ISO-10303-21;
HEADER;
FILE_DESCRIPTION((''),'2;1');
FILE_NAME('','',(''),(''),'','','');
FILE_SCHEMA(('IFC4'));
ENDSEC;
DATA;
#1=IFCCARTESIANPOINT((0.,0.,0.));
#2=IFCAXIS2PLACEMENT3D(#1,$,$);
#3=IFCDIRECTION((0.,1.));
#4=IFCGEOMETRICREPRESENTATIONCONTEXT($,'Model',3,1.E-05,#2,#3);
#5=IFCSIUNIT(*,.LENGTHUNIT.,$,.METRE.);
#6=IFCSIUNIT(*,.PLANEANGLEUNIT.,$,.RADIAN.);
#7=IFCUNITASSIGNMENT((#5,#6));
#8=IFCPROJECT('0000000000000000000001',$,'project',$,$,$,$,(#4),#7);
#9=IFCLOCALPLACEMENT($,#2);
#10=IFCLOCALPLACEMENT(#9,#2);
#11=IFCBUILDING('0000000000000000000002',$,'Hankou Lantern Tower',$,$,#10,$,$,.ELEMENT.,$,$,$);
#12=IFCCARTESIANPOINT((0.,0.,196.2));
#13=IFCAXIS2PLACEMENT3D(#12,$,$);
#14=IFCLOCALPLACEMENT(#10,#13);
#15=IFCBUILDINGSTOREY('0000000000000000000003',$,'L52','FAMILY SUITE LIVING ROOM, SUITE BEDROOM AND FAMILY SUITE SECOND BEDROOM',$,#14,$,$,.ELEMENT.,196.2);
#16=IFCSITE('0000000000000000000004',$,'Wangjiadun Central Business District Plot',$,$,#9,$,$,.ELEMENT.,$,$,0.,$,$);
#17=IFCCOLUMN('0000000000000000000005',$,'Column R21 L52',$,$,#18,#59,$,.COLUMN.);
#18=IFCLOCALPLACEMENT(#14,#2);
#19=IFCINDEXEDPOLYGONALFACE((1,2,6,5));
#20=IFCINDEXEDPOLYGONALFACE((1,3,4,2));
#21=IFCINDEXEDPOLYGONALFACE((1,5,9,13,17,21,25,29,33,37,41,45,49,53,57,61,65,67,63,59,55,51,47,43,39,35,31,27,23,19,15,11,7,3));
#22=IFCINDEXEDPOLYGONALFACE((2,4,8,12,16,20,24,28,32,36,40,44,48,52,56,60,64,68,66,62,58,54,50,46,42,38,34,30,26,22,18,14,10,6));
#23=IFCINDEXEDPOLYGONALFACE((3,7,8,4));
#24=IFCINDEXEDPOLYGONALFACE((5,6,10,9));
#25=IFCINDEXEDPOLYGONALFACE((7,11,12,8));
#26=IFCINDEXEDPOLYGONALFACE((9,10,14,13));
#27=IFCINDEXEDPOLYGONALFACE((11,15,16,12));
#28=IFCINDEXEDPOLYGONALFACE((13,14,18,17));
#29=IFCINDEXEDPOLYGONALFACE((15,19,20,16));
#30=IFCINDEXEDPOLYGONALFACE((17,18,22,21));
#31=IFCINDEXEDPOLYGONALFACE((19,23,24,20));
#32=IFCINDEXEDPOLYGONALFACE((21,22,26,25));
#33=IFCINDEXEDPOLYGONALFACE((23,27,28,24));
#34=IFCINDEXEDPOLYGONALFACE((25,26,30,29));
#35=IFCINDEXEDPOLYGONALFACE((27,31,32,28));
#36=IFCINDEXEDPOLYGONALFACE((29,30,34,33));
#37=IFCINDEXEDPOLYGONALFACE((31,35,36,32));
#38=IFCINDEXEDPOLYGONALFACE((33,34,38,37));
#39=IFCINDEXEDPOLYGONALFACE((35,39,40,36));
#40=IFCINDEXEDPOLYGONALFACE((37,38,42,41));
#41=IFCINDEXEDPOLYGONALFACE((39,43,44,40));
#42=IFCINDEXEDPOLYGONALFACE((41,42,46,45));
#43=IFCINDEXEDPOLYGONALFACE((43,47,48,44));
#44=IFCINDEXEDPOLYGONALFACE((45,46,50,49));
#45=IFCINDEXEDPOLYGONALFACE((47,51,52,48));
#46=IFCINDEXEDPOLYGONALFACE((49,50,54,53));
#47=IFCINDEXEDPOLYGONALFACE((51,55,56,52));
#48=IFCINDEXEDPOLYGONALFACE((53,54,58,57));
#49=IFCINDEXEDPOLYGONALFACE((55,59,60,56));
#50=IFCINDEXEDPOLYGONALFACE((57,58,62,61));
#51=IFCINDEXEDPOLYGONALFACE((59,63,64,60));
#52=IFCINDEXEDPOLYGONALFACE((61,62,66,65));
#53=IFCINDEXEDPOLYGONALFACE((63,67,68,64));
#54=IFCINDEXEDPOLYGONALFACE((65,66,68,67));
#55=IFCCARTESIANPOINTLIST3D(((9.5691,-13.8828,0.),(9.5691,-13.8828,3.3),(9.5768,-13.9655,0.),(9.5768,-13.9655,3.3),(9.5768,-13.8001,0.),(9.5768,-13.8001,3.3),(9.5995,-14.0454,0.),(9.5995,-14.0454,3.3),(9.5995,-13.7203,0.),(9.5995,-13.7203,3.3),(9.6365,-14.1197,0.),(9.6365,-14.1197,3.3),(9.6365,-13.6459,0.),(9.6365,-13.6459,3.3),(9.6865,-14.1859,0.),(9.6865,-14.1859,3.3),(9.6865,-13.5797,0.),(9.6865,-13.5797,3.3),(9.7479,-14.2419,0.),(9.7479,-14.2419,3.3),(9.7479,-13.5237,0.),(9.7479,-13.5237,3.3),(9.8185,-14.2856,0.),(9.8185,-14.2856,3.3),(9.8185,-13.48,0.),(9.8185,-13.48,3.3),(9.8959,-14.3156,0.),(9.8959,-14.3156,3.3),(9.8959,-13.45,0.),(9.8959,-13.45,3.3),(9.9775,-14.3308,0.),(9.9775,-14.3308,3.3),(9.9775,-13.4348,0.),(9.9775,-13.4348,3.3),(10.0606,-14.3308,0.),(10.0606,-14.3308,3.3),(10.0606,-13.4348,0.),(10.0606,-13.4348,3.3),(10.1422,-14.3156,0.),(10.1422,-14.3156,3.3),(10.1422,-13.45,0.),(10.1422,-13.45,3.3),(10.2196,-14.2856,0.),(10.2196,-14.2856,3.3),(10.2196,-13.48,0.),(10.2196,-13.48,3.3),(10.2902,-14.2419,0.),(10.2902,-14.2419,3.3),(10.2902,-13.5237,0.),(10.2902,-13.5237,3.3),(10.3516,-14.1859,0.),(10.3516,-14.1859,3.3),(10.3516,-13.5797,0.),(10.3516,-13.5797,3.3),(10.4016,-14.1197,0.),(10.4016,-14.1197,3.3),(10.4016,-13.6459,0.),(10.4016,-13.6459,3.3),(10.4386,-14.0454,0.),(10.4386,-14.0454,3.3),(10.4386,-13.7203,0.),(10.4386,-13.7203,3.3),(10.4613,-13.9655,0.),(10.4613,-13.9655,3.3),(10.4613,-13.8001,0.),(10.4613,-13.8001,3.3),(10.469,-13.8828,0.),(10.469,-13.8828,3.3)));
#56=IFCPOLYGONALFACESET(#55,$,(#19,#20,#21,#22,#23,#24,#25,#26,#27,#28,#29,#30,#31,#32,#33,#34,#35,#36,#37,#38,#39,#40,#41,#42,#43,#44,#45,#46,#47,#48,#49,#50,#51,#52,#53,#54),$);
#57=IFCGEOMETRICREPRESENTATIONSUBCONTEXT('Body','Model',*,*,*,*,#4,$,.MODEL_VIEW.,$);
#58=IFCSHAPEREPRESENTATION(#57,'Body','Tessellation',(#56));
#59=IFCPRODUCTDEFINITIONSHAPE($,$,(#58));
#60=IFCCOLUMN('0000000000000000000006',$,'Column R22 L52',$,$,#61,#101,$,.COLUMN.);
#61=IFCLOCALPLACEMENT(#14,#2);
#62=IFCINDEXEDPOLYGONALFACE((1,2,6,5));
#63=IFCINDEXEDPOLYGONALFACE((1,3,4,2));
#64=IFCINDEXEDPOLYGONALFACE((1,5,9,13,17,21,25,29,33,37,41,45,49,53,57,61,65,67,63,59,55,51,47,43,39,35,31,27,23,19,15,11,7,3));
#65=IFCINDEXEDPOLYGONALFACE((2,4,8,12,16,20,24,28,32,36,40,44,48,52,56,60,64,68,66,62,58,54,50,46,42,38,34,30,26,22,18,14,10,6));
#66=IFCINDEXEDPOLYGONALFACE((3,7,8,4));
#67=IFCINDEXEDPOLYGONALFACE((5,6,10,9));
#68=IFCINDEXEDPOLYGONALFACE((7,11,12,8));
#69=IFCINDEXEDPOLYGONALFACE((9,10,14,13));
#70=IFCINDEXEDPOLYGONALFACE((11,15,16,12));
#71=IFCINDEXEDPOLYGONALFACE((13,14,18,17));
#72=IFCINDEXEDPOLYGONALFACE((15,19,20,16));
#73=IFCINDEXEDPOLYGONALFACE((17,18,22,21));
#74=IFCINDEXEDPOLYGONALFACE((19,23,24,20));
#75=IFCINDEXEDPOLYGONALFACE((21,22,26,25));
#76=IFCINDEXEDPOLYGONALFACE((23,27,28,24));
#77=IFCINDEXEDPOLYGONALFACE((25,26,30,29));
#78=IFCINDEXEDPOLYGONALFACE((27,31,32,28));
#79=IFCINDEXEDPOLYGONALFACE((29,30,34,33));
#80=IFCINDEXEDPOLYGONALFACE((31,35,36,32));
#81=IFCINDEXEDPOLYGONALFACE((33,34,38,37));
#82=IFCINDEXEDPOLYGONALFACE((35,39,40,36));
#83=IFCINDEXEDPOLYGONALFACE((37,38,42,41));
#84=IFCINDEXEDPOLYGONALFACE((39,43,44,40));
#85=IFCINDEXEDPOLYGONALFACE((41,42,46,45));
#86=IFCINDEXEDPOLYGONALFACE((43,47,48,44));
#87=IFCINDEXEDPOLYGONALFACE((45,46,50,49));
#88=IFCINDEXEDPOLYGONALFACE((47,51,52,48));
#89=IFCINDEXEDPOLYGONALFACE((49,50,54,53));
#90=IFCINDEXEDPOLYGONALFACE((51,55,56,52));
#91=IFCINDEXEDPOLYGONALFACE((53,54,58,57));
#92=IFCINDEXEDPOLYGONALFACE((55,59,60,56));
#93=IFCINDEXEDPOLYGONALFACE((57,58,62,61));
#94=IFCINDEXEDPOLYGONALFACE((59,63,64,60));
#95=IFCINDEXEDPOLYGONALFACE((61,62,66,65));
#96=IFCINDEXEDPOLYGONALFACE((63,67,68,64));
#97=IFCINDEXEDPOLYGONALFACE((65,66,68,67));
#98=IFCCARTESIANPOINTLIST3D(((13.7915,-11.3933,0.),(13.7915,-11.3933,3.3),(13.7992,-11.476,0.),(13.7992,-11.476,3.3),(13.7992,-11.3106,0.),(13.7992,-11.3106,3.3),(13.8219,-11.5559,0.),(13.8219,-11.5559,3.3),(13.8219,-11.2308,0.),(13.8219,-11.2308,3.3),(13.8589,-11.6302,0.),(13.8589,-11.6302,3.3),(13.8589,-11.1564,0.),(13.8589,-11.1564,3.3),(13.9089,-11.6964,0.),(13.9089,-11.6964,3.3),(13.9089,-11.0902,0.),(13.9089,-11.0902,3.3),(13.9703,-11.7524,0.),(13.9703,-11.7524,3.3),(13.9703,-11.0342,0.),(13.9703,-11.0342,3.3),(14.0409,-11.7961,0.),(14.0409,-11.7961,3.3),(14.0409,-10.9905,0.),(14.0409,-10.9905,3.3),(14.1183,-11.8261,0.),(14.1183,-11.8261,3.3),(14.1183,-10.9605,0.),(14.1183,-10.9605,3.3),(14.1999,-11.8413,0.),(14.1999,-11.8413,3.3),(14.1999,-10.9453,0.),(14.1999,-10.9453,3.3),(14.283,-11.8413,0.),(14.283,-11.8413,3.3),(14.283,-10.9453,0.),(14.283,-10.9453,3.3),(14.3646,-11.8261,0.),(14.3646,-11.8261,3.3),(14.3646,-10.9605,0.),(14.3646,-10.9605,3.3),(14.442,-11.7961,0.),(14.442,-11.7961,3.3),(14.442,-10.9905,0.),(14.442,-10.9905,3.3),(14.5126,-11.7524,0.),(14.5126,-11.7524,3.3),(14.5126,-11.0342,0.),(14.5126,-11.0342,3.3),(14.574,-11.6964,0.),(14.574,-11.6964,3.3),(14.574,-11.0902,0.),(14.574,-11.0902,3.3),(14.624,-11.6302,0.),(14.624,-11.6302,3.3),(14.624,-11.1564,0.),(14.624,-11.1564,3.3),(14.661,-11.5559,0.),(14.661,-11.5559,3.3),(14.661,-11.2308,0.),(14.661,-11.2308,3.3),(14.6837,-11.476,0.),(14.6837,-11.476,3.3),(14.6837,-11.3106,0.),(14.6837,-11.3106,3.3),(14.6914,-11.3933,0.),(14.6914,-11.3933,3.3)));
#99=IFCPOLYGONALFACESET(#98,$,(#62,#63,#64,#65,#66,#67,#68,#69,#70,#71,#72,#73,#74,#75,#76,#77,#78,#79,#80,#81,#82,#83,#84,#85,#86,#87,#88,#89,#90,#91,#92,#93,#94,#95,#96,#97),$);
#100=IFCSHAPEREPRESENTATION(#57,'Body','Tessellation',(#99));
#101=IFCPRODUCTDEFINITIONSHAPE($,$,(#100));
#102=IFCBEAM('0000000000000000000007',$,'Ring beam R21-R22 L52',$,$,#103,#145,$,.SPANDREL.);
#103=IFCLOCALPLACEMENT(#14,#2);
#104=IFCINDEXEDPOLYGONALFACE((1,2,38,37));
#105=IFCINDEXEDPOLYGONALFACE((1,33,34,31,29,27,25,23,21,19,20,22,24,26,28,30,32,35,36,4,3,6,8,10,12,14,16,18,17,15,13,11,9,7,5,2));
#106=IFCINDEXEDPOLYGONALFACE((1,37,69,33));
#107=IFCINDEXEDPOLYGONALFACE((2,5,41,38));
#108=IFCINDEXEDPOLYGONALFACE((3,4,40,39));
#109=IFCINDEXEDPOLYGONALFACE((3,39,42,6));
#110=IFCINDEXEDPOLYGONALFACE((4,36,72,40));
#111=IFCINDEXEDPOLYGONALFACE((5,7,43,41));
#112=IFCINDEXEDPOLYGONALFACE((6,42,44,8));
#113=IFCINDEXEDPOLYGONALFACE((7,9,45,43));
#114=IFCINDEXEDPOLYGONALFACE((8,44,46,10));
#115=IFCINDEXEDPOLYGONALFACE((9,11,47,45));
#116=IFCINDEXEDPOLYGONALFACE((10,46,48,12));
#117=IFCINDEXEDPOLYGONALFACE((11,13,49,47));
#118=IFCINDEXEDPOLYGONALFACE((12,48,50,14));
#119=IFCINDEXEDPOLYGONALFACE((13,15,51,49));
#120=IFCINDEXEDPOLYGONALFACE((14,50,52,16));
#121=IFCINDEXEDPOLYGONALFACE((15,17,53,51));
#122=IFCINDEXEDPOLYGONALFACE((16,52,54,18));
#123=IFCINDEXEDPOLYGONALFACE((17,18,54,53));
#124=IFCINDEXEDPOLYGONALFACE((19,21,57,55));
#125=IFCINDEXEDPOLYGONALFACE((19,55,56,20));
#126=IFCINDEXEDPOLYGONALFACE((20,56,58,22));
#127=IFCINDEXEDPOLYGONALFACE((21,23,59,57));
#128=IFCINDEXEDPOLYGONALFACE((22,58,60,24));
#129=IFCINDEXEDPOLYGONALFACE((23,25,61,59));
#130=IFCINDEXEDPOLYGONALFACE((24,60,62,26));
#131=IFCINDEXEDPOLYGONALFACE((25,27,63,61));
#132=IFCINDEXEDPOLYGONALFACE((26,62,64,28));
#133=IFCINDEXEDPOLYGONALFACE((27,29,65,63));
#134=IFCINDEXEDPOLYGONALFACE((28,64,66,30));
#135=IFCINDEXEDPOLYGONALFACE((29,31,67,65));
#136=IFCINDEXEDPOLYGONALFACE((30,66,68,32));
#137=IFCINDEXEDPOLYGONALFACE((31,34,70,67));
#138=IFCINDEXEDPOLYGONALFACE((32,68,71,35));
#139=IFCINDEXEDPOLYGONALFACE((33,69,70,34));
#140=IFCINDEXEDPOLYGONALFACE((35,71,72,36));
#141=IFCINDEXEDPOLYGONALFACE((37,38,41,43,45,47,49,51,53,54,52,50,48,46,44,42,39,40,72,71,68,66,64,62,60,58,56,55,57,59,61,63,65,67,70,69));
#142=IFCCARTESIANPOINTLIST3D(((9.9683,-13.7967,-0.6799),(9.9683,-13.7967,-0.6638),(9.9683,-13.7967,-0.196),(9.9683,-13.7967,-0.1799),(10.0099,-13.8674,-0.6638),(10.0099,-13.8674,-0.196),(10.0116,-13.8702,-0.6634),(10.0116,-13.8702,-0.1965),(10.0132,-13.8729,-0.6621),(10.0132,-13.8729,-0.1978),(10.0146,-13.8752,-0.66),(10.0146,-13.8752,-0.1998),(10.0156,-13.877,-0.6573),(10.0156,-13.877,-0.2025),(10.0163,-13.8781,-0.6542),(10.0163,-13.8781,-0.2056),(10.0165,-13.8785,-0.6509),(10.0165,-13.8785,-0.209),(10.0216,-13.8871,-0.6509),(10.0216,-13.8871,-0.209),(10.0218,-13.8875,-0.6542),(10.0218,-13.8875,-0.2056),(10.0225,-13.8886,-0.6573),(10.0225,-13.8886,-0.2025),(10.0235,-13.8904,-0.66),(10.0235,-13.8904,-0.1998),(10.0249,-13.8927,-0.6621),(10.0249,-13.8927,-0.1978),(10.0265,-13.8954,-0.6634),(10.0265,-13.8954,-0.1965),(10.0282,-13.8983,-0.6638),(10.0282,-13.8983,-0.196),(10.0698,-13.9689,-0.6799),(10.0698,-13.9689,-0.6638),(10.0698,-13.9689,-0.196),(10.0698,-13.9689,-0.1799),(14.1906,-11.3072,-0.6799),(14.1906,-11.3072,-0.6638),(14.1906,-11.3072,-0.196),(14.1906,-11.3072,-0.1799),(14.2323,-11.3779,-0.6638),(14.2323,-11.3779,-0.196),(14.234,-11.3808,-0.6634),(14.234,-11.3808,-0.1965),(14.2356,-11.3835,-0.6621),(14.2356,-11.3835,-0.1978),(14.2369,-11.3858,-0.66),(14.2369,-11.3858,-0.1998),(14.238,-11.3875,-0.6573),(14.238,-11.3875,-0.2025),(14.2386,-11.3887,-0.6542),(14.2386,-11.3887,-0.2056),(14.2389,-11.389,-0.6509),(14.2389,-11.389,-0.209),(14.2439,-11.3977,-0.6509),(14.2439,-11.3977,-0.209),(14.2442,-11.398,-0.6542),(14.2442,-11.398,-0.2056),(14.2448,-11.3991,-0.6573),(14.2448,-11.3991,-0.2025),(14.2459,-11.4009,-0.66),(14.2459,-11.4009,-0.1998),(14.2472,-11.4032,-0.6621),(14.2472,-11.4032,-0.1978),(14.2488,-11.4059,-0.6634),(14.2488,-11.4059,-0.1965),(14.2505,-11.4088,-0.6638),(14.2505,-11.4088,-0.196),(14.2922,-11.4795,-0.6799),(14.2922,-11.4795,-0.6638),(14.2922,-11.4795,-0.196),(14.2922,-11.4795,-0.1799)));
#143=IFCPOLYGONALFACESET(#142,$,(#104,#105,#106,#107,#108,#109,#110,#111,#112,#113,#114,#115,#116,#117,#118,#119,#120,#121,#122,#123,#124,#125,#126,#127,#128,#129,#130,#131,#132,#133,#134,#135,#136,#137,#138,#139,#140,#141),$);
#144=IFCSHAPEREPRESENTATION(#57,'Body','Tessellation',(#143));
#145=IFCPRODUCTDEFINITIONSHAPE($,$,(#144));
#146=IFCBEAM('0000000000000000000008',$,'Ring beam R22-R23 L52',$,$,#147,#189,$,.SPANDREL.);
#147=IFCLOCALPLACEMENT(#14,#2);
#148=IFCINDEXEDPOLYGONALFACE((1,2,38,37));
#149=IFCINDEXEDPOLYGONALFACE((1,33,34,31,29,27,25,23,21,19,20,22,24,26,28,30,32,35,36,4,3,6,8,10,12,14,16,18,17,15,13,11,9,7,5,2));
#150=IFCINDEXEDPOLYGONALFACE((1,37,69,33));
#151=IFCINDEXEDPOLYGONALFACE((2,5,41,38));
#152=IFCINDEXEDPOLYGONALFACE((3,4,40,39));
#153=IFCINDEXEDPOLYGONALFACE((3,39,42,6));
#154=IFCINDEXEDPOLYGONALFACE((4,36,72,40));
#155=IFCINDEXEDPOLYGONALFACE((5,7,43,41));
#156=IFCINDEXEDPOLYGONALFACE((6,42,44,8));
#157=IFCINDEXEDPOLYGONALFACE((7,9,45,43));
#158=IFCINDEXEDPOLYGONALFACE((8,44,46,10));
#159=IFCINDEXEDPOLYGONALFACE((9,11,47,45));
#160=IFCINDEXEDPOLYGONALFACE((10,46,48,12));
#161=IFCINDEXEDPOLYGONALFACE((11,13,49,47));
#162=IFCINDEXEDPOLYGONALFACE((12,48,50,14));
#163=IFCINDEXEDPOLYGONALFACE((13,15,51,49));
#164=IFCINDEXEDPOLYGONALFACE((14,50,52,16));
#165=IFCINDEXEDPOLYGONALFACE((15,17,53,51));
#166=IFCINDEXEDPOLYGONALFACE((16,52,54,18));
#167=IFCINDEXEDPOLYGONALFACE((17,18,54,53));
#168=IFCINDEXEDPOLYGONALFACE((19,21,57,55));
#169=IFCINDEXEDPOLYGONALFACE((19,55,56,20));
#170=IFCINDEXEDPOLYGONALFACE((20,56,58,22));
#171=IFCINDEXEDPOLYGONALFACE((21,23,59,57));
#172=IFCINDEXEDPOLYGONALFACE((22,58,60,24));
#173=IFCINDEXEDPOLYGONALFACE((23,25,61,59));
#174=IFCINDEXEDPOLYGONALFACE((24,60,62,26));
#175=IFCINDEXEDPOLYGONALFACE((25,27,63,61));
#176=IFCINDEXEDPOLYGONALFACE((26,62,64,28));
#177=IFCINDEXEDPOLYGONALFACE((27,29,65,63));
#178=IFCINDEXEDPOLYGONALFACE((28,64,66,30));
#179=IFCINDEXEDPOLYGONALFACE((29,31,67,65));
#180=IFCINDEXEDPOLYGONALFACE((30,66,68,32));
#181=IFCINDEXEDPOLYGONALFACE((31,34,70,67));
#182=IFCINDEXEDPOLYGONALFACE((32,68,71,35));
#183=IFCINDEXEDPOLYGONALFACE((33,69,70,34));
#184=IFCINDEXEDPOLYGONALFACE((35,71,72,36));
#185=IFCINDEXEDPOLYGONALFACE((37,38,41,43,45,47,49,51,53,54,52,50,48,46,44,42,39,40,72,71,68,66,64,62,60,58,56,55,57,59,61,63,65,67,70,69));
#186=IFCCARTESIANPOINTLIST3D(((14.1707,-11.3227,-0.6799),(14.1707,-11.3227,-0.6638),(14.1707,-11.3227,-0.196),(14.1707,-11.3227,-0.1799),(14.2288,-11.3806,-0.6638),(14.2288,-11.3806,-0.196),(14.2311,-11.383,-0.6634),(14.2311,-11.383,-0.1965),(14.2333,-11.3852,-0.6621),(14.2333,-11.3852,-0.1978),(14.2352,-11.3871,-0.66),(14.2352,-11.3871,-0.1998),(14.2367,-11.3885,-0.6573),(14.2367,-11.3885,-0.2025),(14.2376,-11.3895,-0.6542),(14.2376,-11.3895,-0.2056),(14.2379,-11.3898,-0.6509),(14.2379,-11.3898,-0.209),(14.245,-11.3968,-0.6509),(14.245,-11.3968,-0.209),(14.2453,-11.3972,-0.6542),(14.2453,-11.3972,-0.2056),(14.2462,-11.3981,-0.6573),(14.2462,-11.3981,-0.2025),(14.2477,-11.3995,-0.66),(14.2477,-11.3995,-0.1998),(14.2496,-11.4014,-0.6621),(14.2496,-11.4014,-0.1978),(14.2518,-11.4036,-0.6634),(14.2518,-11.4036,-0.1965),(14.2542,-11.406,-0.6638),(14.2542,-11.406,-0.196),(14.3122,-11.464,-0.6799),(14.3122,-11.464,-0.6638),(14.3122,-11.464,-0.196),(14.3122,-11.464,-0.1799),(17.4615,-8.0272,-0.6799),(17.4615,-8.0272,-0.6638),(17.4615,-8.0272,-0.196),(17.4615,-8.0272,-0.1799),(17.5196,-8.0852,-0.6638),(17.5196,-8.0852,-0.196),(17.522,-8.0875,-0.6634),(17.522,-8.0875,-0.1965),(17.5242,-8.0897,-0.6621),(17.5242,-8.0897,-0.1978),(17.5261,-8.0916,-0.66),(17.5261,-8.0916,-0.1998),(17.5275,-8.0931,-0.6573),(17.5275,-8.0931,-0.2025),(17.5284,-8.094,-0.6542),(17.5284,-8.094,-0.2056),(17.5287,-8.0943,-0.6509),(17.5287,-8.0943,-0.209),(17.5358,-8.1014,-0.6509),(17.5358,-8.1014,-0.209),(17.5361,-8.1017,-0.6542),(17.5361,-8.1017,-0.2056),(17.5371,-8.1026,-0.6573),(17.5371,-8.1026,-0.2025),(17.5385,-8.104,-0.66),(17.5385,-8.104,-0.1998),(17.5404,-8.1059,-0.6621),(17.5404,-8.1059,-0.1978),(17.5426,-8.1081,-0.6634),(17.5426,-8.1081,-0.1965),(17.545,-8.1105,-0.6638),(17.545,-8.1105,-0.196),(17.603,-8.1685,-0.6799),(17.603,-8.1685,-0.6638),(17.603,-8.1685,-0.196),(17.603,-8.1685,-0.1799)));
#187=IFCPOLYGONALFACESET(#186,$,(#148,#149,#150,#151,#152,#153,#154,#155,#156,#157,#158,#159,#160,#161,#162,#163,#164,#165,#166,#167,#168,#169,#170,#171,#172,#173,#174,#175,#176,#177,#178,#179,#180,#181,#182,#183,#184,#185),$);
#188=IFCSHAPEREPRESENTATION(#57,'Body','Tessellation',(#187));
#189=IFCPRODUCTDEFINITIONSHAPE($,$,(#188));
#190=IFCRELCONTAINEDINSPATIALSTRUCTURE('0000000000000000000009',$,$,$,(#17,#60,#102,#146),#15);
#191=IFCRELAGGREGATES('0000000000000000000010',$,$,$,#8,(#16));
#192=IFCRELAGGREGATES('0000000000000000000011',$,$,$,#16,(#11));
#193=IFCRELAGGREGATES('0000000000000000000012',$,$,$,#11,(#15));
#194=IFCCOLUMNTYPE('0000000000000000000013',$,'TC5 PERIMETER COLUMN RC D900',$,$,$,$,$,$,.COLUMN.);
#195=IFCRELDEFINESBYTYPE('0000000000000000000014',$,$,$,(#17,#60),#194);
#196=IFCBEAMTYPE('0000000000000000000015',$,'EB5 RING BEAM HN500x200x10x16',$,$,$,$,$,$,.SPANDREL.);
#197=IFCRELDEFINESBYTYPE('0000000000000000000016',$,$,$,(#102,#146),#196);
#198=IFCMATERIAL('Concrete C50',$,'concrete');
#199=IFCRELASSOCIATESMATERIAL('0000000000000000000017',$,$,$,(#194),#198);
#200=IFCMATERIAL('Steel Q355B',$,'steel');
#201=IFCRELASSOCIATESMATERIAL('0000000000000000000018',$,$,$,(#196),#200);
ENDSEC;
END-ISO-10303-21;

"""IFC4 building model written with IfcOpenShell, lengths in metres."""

from ifc_helpers import new_model, si_unit, direction, frame, origin, origin_2d, place, context, subcontext, project, spatial, circle, i_section, extrude, material, material_profile, profile_set, type_object, element, save


model = new_model("IFC4")

# Units and contexts
model_context = context("Model", 3, precision=1e-05, world=origin(), true_north=direction((0.0, 1.0)))
body_context = subcontext(model_context, "Body", "Model", "MODEL_VIEW")
ifc_project = project(units=[si_unit("LENGTHUNIT", "METRE"), si_unit("PLANEANGLEUNIT", "RADIAN")], contexts=[model_context])

# Site, building, storey
site_placement = place(None, origin())
site = spatial("IfcSite", under=ifc_project, at=site_placement, Name="Wangjiadun Central Business District Plot", CompositionType="ELEMENT", RefElevation=0.0)
building_placement = place(site_placement, origin())
building = spatial("IfcBuilding", under=site, at=building_placement, Name="Hankou Lantern Tower", CompositionType="ELEMENT")
storey_placement = place(building_placement, frame((0.0, 0.0, 196.2)))
storey = spatial("IfcBuildingStorey", under=building, at=storey_placement, Name="L52", Description="FAMILY SUITE LIVING ROOM, SUITE BEDROOM AND FAMILY SUITE SECOND BEDROOM", CompositionType="ELEMENT", Elevation=196.2)

# Columns
ifc_material_1 = material(Name="Concrete C50", Category="concrete")
ifc_material_profile_1 = material_profile(ifc_material_1, circle(Radius=0.45, at=origin_2d()), Name="RC D900")
ifc_profile_set_1 = profile_set([ifc_material_profile_1], Name="Concrete C50")
column_type = type_object("IfcColumnType", Name="TC5 PERIMETER COLUMN RC D900", PredefinedType="COLUMN", material=ifc_profile_set_1)
for number, where, z_axis, x_axis, name in (
    (1, (10.019, -13.8828, 0.0), (0.0, 0.0, 1.0), (1.0, 0.0, 0.0), "Column R21 L52"),
    (2, (14.2415, -11.3933, 0.0), (0.0, 0.0, 1.0), (1.0, 0.0, 0.0), "Column R22 L52"),
):
    element("IfcColumn", number, at=place(storey_placement, frame(where, z_axis=z_axis, x_axis=x_axis)), inside=storey, type_object=column_type, Name=name, PredefinedType="COLUMN", context=body_context, shape_type="SweptSolid", body=[
        extrude(circle(Radius=0.45, at=origin_2d()), origin(), (0.0, 0.0, 1.0), 3.3),
    ])

# Beams
ifc_material_2 = material(Name="Steel Q355B", Category="steel")
ifc_material_profile_2 = material_profile(ifc_material_2, i_section(OverallWidth=0.2, OverallDepth=0.5, WebThickness=0.01, FlangeThickness=0.0161, FilletRadius=0.0129, at=origin_2d()), Name="HN500x200x10x16")
ifc_profile_set_2 = profile_set([ifc_material_profile_2], Name="Steel Q355B")
beam_type_1 = type_object("IfcBeamType", Name="EB5 RING BEAM HN500x200x10x16", PredefinedType="SPANDREL", material=ifc_profile_set_2)
beam_1_placement = place(storey_placement, frame((10.019, -13.8828, -0.4299), z_axis=(0.861423, 0.507888, 0.0), x_axis=(-0.507888, 0.861423, 0.0)))
element("IfcBeam", 3, at=beam_1_placement, inside=storey, type_object=beam_type_1, Name="Ring beam R21-R22 L52", PredefinedType="SPANDREL", context=body_context, shape_type="SweptSolid", body=[
    extrude(i_section(OverallWidth=0.2, OverallDepth=0.5, WebThickness=0.01, FlangeThickness=0.0161, FilletRadius=0.0129, at=origin_2d()), origin(), (0.0, 0.0, 1.0), 4.9016),
])
beam_2_placement = place(storey_placement, frame((14.2415, -11.3933, -0.4299), z_axis=(0.706609, 0.707605, 0.0), x_axis=(-0.707605, 0.706609, 0.0)))
element("IfcBeam", 4, at=beam_2_placement, inside=storey, type_object=beam_type_1, Name="Ring beam R22-R23 L52", PredefinedType="SPANDREL", context=body_context, shape_type="SweptSolid", body=[
    extrude(i_section(OverallWidth=0.2, OverallDepth=0.5, WebThickness=0.01, FlangeThickness=0.0161, FilletRadius=0.0129, at=origin_2d()), origin(), (0.0, 0.0, 1.0), 4.6572),
])

save(model, "model.ifc")
